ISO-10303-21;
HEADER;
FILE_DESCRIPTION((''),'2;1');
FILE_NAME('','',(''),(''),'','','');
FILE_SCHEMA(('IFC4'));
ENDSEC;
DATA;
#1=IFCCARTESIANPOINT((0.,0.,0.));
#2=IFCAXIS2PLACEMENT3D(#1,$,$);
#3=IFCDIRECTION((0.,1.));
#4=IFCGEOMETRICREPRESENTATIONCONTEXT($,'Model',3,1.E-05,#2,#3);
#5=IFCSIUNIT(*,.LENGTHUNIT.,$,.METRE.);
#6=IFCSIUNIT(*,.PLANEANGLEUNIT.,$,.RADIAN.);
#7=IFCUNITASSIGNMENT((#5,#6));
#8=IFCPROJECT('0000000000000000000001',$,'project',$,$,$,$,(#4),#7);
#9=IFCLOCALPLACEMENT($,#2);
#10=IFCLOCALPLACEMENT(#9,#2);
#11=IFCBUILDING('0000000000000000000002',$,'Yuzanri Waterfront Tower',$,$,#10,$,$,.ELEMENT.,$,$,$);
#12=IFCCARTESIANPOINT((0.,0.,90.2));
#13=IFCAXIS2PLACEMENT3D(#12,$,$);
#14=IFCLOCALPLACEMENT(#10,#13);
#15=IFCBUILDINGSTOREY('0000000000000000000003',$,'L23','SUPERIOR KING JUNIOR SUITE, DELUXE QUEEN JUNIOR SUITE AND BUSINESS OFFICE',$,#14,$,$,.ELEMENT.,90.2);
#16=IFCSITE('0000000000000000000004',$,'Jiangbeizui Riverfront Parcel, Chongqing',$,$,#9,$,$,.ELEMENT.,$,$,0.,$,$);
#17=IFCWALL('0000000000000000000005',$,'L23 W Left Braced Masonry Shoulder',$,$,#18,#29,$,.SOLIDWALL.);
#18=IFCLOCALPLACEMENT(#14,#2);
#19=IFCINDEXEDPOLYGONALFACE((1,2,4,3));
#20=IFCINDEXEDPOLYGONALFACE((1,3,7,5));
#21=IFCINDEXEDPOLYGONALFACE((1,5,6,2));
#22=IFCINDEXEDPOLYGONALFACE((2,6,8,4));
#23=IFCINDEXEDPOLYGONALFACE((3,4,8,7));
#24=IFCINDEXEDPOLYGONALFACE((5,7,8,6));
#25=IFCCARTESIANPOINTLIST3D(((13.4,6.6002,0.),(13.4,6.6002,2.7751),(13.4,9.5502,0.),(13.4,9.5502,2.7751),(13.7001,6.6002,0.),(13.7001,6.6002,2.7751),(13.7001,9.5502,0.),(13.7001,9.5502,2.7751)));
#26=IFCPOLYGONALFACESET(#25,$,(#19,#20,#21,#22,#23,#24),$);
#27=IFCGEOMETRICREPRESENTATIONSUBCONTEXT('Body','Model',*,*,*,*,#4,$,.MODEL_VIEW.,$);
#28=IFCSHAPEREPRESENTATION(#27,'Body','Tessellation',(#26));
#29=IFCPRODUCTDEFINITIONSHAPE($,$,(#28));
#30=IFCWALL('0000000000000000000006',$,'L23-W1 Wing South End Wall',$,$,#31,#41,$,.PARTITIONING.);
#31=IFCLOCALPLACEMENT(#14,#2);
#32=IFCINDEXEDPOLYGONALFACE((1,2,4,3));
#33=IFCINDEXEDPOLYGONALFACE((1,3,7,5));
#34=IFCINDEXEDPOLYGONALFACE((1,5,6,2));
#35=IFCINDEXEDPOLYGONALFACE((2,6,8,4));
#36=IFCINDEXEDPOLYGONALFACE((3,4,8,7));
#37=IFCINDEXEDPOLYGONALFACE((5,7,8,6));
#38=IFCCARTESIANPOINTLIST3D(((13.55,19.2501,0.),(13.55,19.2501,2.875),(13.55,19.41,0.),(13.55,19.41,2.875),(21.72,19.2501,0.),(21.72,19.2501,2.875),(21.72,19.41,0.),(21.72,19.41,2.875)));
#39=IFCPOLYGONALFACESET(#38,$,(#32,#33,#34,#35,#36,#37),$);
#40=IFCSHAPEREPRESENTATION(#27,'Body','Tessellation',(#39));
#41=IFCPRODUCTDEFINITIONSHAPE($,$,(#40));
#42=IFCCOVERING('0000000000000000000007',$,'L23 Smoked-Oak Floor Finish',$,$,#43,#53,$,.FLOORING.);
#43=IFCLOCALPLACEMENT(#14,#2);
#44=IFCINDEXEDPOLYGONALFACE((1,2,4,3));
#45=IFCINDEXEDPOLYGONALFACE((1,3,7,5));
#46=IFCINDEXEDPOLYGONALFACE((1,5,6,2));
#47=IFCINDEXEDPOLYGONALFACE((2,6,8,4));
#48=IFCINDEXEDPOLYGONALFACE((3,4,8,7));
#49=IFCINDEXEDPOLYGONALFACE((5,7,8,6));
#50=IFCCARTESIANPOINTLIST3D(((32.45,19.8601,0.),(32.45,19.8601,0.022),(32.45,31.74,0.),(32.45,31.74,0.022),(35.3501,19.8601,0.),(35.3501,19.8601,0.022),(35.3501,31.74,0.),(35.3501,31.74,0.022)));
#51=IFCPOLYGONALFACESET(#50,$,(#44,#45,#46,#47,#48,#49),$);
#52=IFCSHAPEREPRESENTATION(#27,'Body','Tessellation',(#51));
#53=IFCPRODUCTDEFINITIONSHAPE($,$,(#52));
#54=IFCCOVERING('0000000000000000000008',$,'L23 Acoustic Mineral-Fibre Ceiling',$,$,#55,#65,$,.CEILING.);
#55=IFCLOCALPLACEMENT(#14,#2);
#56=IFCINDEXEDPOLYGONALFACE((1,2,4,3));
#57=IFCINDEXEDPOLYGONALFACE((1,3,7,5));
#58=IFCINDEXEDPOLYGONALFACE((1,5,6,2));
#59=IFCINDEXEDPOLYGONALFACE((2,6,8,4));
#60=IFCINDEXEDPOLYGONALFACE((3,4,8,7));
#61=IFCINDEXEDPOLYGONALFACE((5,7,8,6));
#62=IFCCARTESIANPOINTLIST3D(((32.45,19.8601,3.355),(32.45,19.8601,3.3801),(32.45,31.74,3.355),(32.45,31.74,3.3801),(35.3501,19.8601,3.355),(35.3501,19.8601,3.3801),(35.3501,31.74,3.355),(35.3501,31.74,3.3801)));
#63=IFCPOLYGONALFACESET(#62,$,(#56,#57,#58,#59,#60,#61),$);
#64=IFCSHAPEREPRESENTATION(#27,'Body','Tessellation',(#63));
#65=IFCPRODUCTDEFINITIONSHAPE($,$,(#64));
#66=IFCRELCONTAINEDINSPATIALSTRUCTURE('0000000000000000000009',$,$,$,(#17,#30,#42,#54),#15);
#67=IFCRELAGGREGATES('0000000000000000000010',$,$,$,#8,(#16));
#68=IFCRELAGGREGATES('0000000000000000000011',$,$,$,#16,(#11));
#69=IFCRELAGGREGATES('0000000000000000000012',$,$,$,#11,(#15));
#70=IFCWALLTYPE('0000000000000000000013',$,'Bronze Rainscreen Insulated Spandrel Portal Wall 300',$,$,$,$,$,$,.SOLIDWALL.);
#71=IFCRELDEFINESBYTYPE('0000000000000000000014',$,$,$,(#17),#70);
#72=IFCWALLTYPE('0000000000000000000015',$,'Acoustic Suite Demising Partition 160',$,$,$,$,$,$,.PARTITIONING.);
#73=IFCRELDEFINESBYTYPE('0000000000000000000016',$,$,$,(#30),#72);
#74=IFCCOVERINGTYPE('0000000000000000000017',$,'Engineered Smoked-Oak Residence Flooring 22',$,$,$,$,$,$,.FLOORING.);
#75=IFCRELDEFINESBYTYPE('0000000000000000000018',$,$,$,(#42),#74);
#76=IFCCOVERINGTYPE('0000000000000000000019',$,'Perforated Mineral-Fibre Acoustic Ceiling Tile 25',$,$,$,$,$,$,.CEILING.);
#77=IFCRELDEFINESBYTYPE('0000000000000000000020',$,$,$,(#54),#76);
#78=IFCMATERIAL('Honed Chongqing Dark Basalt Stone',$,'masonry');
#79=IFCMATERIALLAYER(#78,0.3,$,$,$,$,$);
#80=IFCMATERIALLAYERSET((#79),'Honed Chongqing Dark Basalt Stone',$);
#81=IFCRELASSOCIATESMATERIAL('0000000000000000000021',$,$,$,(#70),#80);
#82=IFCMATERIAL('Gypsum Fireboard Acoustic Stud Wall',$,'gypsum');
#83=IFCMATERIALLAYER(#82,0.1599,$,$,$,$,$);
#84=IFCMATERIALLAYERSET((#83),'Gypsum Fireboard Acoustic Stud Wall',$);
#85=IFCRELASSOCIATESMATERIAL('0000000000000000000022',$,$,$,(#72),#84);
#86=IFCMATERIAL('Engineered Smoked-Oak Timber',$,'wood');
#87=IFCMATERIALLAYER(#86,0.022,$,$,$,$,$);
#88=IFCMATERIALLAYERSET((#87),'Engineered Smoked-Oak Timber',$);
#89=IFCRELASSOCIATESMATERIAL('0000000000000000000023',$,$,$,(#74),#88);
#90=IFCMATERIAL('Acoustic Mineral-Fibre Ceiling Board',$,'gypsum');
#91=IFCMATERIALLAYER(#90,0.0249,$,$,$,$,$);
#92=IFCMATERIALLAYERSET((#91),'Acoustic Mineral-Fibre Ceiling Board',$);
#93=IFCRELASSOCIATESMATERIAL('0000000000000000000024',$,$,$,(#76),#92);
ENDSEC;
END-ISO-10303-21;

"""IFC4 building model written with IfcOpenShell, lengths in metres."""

from ifc_helpers import new_model, si_unit, direction, frame, frame_2d, origin, place, context, subcontext, project, spatial, polyline, rectangle, outline, extrude, source, transform, mapped, material, layer, layer_set, type_object, element, save


model = new_model("IFC4")

# Units and contexts
model_context = context("Model", 3, precision=1e-05, world=origin(), true_north=direction((0.0, 1.0)))
body_context = subcontext(model_context, "Body", "Model", "MODEL_VIEW")
ifc_project = project(units=[si_unit("LENGTHUNIT", "METRE"), si_unit("PLANEANGLEUNIT", "RADIAN")], contexts=[model_context])

# Site, building, storey
site_placement = place(None, origin())
site = spatial("IfcSite", under=ifc_project, at=site_placement, Name="Jiangbeizui Riverfront Parcel, Chongqing", CompositionType="ELEMENT", RefElevation=0.0)
building_placement = place(site_placement, origin())
building = spatial("IfcBuilding", under=site, at=building_placement, Name="Yuzanri Waterfront Tower", CompositionType="ELEMENT")
storey_placement = place(building_placement, frame((0.0, 0.0, 90.2)))
storey = spatial("IfcBuildingStorey", under=building, at=storey_placement, Name="L23", Description="SUPERIOR KING JUNIOR SUITE, DELUXE QUEEN JUNIOR SUITE AND BUSINESS OFFICE", CompositionType="ELEMENT", Elevation=90.2)

# Walls
ifc_material_1 = material(Name="Honed Chongqing Dark Basalt Stone", Category="masonry")
ifc_layer_1 = layer(ifc_material_1, 0.3)
ifc_layer_set_1 = layer_set([ifc_layer_1], Name="Honed Chongqing Dark Basalt Stone")
wall_type_1 = type_object("IfcWallType", Name="Bronze Rainscreen Insulated Spandrel Portal Wall 300", PredefinedType="SOLIDWALL", material=ifc_layer_set_1)
shared_shape_1 = source(origin(), body_context, "Body", "SweptSolid", [
    extrude(rectangle(XDim=2.95, YDim=0.3, at=frame_2d((1.4751, 0.0))), origin(), (0.0, 0.0, 1.0), 2.7751),
])
wall_1_placement = place(storey_placement, frame((13.55, 6.6001, 0.0), z_axis=(0.0, 0.0, 1.0), x_axis=(0.0, 1.0, 0.0)))
element("IfcWall", 1, at=wall_1_placement, inside=storey, type_object=wall_type_1, Name="L23 W Left Braced Masonry Shoulder", PredefinedType="SOLIDWALL", context=body_context, shape_type="MappedRepresentation", body=[
    mapped(shared_shape_1, transform((0.0, 0.0, 0.0), scale=1.0)),
])
ifc_material_2 = material(Name="Gypsum Fireboard Acoustic Stud Wall", Category="gypsum")
ifc_layer_2 = layer(ifc_material_2, 0.1599)
ifc_layer_set_2 = layer_set([ifc_layer_2], Name="Gypsum Fireboard Acoustic Stud Wall")
wall_type_2 = type_object("IfcWallType", Name="Acoustic Suite Demising Partition 160", PredefinedType="PARTITIONING", material=ifc_layer_set_2)
shared_shape_2 = source(origin(), body_context, "Body", "SweptSolid", [
    extrude(rectangle(XDim=8.1699, YDim=0.1599, at=frame_2d((4.085, 0.0))), origin(), (0.0, 0.0, 1.0), 2.875),
])
wall_2_placement = place(storey_placement, frame((13.55, 19.3301, 0.0), z_axis=(0.0, 0.0, 1.0), x_axis=(1.0, 0.0, 0.0)))
element("IfcWall", 2, at=wall_2_placement, inside=storey, type_object=wall_type_2, Name="L23-W1 Wing South End Wall", PredefinedType="PARTITIONING", context=body_context, shape_type="MappedRepresentation", body=[
    mapped(shared_shape_2, transform((0.0, 0.0, 0.0), scale=1.0)),
])

# Coverings
ifc_material_3 = material(Name="Engineered Smoked-Oak Timber", Category="wood")
ifc_layer_3 = layer(ifc_material_3, 0.022)
ifc_layer_set_3 = layer_set([ifc_layer_3], Name="Engineered Smoked-Oak Timber")
covering_type_1 = type_object("IfcCoveringType", Name="Engineered Smoked-Oak Residence Flooring 22", PredefinedType="FLOORING", material=ifc_layer_set_3)
covering_1_placement = place(storey_placement, origin())
element("IfcCovering", 3, at=covering_1_placement, inside=storey, type_object=covering_type_1, Name="L23 Smoked-Oak Floor Finish", PredefinedType="FLOORING", context=body_context, shape_type="SweptSolid", body=[
    extrude(outline(polyline([(32.45, 19.8601), (35.3501, 19.8601), (35.3501, 31.74), (32.45, 31.74), (32.45, 19.8601)])), origin(), (0.0, 0.0, 1.0), 0.022),
])
ifc_material_4 = material(Name="Acoustic Mineral-Fibre Ceiling Board", Category="gypsum")
ifc_layer_4 = layer(ifc_material_4, 0.0249)
ifc_layer_set_4 = layer_set([ifc_layer_4], Name="Acoustic Mineral-Fibre Ceiling Board")
covering_type_2 = type_object("IfcCoveringType", Name="Perforated Mineral-Fibre Acoustic Ceiling Tile 25", PredefinedType="CEILING", material=ifc_layer_set_4)
covering_2_placement = place(storey_placement, frame((0.0, 0.0, 3.355)))
element("IfcCovering", 4, at=covering_2_placement, inside=storey, type_object=covering_type_2, Name="L23 Acoustic Mineral-Fibre Ceiling", PredefinedType="CEILING", context=body_context, shape_type="SweptSolid", body=[
    extrude(outline(polyline([(32.45, 19.8601), (35.3501, 19.8601), (35.3501, 31.74), (32.45, 31.74), (32.45, 19.8601)])), origin(), (0.0, 0.0, 1.0), 0.0251),
])

save(model, "model.ifc")
